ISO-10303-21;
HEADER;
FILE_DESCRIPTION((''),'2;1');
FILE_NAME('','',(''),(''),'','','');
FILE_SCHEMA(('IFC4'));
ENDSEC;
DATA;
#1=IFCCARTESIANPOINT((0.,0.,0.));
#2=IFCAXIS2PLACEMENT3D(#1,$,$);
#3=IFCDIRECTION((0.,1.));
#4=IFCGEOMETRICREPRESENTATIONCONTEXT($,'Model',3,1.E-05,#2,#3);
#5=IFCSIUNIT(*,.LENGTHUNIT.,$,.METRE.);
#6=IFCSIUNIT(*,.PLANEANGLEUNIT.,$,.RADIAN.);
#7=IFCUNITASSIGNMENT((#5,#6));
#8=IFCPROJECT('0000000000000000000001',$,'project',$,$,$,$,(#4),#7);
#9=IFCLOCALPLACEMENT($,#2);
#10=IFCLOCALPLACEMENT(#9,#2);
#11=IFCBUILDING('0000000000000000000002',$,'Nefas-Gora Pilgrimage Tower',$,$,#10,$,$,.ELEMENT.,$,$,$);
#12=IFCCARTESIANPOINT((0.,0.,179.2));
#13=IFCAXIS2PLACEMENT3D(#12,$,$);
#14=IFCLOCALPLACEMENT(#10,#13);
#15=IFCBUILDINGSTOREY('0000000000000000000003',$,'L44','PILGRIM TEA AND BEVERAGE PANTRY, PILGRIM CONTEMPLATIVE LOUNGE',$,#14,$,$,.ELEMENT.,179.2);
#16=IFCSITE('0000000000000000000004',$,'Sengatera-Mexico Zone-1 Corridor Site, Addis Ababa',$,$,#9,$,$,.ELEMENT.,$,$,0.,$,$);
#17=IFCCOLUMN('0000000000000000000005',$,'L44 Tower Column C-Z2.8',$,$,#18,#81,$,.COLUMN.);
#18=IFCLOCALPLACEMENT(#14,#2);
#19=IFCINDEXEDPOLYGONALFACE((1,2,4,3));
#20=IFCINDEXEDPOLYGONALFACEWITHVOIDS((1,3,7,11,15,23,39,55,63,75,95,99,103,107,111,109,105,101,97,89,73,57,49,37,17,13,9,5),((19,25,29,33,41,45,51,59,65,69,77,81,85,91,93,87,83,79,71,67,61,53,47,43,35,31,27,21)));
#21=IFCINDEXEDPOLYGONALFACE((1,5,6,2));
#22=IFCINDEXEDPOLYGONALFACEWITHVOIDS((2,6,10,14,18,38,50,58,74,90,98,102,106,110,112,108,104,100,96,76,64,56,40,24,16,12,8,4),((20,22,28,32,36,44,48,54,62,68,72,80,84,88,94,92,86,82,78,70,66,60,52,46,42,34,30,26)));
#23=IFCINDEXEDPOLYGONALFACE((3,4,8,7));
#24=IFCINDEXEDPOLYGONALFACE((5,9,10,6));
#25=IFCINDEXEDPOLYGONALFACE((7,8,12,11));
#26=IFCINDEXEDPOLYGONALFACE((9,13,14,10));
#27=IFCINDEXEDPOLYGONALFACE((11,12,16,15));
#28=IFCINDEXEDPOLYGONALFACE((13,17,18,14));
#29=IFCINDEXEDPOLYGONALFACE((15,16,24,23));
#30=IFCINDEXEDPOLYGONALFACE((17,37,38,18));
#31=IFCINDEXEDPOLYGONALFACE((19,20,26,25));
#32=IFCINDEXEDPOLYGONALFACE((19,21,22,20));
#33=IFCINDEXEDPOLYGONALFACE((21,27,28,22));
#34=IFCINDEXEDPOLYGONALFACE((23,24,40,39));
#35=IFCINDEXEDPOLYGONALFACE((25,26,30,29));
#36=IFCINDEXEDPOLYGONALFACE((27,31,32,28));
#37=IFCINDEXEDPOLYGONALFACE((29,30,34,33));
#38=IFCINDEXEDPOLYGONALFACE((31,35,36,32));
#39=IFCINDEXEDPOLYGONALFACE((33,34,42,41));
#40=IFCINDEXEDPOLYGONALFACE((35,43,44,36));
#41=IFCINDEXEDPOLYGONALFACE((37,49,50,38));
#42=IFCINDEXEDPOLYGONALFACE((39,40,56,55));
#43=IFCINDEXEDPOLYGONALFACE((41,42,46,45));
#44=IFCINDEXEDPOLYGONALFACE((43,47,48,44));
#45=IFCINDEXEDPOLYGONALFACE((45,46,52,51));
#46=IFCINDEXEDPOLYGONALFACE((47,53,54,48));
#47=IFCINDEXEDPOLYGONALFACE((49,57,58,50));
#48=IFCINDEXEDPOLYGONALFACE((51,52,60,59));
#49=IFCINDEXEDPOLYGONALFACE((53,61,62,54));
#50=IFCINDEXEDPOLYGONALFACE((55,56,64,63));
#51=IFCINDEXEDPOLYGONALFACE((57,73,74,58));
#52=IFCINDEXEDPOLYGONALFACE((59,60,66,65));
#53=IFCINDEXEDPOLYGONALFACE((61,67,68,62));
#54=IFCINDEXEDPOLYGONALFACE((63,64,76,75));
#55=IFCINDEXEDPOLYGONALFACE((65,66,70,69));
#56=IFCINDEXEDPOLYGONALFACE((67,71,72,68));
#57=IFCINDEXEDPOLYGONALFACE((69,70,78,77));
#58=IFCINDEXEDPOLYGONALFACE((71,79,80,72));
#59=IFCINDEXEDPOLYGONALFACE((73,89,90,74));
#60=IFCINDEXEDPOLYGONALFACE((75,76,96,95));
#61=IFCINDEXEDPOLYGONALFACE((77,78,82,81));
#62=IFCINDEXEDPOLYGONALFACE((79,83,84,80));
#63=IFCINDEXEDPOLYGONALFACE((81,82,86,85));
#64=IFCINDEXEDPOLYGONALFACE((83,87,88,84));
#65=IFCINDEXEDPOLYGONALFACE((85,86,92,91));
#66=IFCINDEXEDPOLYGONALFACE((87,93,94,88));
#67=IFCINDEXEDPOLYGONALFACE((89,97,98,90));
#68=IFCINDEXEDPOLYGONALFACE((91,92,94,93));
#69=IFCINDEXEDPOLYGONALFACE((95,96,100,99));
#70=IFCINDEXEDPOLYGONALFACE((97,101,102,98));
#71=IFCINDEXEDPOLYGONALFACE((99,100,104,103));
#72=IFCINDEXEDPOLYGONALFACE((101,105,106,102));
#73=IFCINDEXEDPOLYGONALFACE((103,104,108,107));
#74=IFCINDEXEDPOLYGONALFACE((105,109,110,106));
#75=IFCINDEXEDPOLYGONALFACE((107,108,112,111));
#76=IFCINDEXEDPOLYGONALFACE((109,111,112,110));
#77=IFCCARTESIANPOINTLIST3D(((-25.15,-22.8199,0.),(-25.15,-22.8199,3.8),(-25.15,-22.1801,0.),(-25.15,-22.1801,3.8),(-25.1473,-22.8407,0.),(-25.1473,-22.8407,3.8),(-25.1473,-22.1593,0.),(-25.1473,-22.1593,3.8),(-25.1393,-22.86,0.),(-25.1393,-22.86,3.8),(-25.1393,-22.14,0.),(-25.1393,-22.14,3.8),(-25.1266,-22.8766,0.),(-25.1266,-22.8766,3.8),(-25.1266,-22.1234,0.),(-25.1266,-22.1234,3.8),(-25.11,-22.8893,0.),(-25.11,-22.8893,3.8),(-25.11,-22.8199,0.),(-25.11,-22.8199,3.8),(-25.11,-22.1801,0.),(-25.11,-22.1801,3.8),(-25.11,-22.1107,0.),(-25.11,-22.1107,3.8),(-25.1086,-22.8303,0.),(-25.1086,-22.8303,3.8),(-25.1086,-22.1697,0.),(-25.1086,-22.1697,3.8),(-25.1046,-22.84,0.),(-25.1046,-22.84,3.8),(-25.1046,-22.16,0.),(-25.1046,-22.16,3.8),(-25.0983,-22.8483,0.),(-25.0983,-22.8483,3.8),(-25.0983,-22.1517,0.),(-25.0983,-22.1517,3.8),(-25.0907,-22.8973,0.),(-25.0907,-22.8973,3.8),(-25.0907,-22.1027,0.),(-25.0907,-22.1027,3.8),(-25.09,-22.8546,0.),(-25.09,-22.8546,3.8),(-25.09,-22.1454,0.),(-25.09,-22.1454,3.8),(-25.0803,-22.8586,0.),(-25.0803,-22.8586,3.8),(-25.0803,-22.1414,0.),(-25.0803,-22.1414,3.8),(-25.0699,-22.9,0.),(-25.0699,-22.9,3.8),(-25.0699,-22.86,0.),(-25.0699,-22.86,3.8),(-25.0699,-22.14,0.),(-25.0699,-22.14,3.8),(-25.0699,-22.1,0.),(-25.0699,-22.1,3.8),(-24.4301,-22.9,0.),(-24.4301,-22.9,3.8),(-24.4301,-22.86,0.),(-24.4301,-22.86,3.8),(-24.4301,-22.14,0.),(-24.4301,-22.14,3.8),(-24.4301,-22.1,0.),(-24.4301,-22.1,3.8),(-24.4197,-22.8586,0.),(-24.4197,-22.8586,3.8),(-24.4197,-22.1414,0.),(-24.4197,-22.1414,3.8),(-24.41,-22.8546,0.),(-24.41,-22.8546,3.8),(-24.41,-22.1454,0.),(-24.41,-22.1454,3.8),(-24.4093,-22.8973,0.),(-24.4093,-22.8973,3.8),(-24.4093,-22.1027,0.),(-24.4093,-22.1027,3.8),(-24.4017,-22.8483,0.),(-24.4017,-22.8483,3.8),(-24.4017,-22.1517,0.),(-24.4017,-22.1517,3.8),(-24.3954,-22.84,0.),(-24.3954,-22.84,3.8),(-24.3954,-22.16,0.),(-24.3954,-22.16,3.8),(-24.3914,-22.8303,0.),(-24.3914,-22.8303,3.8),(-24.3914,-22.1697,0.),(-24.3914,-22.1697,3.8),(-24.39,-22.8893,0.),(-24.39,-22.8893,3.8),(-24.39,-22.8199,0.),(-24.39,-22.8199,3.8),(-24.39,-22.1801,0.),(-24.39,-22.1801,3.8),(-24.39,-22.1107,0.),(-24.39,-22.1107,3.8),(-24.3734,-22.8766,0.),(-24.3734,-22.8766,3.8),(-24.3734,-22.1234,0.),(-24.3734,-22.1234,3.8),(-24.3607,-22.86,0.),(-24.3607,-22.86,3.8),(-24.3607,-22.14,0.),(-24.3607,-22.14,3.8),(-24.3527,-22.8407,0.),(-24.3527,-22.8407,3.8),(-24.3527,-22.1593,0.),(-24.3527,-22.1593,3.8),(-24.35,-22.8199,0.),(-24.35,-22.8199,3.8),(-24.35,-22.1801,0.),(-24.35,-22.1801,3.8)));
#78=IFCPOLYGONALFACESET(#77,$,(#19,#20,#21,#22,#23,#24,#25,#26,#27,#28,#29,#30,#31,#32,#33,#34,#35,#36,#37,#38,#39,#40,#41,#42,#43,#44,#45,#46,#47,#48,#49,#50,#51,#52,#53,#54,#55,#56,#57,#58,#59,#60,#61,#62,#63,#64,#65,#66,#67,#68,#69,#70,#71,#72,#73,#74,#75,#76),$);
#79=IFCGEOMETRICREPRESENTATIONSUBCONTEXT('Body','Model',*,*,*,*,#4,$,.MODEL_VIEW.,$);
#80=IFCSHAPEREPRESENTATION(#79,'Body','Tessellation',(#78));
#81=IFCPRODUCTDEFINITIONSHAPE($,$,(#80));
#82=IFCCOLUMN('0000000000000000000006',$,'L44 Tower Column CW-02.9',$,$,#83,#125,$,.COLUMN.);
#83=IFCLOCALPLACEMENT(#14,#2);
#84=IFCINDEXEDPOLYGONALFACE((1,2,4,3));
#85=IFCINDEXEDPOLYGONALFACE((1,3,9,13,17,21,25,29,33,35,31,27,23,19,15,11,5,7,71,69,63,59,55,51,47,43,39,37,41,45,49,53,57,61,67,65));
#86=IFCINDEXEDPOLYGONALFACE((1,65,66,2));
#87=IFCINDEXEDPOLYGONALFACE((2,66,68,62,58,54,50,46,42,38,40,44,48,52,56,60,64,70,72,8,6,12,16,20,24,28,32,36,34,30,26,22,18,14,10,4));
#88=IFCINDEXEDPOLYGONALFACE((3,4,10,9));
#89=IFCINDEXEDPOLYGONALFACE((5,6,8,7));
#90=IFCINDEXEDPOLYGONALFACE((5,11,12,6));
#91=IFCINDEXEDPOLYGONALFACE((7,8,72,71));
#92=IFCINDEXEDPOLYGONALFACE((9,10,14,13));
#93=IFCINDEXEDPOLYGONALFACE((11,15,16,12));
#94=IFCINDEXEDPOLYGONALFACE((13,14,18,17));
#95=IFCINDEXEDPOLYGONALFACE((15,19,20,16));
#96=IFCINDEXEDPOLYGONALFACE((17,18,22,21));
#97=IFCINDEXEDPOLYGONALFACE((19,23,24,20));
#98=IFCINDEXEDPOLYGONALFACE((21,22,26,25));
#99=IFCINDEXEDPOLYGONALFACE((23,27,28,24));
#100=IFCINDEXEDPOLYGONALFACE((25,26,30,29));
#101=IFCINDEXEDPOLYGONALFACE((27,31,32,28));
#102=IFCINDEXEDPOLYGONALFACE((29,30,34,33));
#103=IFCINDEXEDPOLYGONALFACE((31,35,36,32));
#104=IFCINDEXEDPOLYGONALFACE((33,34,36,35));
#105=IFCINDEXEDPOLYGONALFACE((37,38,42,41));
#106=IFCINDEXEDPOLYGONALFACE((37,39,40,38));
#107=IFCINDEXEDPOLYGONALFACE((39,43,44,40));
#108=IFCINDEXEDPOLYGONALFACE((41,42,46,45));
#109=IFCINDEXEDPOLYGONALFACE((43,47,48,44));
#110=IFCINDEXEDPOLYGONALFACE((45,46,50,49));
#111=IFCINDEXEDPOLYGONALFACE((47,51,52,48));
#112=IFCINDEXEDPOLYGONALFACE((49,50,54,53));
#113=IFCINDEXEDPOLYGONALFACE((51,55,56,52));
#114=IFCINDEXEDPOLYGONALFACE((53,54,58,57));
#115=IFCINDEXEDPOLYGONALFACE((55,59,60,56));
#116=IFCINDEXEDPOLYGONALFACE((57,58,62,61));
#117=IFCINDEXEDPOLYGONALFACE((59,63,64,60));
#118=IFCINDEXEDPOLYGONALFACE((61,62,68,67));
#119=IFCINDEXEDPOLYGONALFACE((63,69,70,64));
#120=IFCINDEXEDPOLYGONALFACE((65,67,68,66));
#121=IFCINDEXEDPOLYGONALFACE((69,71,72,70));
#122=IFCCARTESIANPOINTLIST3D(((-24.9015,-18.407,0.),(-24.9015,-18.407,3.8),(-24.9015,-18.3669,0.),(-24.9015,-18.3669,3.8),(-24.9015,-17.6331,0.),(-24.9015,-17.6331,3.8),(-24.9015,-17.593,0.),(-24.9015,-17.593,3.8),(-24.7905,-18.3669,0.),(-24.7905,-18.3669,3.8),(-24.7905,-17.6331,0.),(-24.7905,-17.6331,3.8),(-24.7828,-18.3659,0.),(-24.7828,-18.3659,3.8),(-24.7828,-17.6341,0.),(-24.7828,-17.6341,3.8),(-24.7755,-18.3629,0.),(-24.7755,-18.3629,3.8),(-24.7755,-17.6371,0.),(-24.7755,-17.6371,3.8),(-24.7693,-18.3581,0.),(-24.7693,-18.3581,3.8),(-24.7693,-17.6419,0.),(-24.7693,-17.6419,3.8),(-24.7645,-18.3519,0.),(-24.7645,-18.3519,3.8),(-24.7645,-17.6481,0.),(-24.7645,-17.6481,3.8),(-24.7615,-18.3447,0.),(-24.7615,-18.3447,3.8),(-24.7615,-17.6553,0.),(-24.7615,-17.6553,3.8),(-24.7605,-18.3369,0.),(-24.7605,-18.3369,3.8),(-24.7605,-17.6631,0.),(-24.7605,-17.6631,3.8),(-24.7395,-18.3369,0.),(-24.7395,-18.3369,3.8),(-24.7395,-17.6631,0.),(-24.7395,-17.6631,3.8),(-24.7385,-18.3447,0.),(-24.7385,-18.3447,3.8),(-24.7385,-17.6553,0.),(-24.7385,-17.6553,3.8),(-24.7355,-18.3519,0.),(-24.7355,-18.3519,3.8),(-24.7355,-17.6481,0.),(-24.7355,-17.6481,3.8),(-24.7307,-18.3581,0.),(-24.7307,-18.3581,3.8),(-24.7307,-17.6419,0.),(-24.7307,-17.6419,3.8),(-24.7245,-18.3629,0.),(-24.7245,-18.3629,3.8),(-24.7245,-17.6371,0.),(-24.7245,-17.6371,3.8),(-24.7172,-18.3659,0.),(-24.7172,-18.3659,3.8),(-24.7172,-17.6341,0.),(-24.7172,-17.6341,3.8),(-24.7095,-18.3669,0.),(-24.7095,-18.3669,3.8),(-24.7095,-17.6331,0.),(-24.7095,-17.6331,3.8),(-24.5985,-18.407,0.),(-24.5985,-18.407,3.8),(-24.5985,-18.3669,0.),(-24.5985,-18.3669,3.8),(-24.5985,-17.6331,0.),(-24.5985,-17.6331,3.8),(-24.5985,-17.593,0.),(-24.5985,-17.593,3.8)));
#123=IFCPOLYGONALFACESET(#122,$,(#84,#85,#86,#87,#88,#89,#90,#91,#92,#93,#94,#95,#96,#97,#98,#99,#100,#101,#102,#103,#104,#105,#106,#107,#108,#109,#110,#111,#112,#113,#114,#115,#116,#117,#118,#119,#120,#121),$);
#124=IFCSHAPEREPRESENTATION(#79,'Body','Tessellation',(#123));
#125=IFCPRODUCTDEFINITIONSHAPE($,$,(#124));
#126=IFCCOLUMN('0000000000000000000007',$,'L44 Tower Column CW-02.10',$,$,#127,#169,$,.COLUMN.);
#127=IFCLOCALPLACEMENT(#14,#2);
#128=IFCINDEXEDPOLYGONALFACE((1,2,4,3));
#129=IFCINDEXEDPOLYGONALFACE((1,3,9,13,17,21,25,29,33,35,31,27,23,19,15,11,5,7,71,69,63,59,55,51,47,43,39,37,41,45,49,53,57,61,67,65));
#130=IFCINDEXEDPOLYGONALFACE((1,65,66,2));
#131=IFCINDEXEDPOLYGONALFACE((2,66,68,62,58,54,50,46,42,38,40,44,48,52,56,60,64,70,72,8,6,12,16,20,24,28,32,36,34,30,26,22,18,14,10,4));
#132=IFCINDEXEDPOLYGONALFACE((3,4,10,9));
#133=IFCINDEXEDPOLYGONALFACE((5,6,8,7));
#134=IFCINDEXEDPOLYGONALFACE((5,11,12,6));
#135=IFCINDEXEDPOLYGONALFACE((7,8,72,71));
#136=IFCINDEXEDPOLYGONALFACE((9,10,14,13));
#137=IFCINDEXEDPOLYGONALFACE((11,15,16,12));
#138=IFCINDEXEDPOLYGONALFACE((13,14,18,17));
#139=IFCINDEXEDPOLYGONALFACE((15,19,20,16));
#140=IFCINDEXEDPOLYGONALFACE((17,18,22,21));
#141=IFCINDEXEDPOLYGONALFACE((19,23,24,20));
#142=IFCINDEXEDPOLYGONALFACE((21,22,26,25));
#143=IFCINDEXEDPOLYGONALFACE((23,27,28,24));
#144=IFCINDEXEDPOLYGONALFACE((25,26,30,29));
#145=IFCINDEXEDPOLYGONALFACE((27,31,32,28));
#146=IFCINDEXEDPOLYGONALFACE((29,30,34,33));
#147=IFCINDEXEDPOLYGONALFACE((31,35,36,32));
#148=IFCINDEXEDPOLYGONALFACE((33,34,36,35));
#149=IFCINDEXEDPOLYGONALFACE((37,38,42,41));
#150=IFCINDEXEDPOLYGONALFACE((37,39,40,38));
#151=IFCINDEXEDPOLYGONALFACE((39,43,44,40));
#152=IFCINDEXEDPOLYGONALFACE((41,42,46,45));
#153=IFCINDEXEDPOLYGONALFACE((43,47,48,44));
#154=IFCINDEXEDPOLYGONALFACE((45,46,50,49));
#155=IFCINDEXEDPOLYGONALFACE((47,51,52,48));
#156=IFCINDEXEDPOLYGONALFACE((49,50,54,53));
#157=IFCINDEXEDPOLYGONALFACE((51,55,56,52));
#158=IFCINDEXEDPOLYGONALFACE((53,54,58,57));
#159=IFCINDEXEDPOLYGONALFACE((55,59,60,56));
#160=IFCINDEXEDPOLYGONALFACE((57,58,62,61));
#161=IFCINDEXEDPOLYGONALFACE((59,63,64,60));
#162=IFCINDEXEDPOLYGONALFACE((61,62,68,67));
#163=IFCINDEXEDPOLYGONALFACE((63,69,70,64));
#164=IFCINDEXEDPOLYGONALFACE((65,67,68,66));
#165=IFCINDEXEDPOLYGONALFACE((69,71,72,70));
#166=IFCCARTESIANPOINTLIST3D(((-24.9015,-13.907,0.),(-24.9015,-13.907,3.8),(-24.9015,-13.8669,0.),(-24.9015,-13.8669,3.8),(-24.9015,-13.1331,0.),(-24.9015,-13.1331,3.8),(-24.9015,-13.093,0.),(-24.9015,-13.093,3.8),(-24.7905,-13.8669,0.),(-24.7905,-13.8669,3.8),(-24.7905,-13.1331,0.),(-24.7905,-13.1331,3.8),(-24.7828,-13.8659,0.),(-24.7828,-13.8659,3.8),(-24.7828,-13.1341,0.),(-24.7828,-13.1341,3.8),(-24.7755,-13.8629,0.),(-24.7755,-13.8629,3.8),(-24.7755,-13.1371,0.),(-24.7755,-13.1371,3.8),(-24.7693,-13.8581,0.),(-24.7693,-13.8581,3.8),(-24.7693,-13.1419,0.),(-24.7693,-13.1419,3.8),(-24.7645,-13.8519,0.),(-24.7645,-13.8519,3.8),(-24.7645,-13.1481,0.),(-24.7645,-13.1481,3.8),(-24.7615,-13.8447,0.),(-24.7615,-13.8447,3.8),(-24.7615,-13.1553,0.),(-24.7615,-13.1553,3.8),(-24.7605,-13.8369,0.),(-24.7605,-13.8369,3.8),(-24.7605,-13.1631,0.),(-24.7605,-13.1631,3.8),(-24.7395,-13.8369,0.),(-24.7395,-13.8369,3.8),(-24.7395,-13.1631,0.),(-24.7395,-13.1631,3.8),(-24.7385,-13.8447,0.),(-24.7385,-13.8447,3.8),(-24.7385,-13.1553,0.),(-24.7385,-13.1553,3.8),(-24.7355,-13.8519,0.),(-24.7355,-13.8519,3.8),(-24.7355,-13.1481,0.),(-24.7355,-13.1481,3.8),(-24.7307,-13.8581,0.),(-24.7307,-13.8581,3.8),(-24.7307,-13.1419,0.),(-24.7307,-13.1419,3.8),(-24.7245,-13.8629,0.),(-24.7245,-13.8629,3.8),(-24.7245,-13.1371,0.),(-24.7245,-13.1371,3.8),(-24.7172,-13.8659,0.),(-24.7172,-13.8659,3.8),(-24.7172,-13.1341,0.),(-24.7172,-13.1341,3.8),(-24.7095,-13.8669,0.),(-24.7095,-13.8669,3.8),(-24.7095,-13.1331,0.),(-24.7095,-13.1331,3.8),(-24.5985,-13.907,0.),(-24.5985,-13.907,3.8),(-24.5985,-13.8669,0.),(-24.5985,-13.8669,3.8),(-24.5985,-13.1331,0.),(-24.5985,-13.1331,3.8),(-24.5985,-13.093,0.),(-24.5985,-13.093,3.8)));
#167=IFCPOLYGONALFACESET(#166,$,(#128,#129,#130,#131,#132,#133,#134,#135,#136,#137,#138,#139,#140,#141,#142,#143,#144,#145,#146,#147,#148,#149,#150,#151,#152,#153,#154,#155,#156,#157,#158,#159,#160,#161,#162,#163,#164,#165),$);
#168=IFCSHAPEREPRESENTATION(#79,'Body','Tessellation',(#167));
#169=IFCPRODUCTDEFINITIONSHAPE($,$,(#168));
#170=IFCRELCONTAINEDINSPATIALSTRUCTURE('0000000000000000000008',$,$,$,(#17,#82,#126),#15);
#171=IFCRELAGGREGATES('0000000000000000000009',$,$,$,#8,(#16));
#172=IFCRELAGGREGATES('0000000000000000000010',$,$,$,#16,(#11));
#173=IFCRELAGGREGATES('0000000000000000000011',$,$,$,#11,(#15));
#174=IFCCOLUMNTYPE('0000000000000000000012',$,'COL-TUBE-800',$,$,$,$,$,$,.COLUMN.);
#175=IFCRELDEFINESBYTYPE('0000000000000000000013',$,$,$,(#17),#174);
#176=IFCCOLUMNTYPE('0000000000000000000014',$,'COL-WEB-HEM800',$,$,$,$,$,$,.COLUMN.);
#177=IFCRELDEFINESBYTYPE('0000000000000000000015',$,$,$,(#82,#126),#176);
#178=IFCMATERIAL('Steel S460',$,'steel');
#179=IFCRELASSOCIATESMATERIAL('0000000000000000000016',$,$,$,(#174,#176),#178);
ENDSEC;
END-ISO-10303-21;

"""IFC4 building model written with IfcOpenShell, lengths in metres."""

from ifc_helpers import new_model, si_unit, direction, frame, origin, origin_2d, place, context, subcontext, project, spatial, hollow_rectangle, i_section, extrude, source, transform, mapped, material, material_profile, profile_set, type_object, element, save


model = new_model("IFC4")

# Units and contexts
model_context = context("Model", 3, precision=1e-05, world=origin(), true_north=direction((0.0, 1.0)))
body_context = subcontext(model_context, "Body", "Model", "MODEL_VIEW")
ifc_project = project(units=[si_unit("LENGTHUNIT", "METRE"), si_unit("PLANEANGLEUNIT", "RADIAN")], contexts=[model_context])

# Site, building, storey
site_placement = place(None, origin())
site = spatial("IfcSite", under=ifc_project, at=site_placement, Name="Sengatera-Mexico Zone-1 Corridor Site, Addis Ababa", CompositionType="ELEMENT", RefElevation=0.0)
building_placement = place(site_placement, origin())
building = spatial("IfcBuilding", under=site, at=building_placement, Name="Nefas-Gora Pilgrimage Tower", CompositionType="ELEMENT")
storey_placement = place(building_placement, frame((0.0, 0.0, 179.2)))
storey = spatial("IfcBuildingStorey", under=building, at=storey_placement, Name="L44", Description="PILGRIM TEA AND BEVERAGE PANTRY, PILGRIM CONTEMPLATIVE LOUNGE", CompositionType="ELEMENT", Elevation=179.2)

# Columns
ifc_material_1 = material(Name="Steel S460", Category="steel")
ifc_material_profile_1 = material_profile(ifc_material_1, hollow_rectangle(XDim=0.8, YDim=0.8, WallThickness=0.04, InnerFilletRadius=0.04, OuterFilletRadius=0.0801, at=origin_2d()), Name="BOX 800x800x40")
ifc_profile_set_1 = profile_set([ifc_material_profile_1], Name="Steel S460")
column_type_1 = type_object("IfcColumnType", Name="COL-TUBE-800", PredefinedType="COLUMN", material=ifc_profile_set_1)
shared_shape_1 = source(origin(), body_context, "Body", "SweptSolid", [
    extrude(hollow_rectangle(XDim=0.8, YDim=0.8, WallThickness=0.04, InnerFilletRadius=0.04, OuterFilletRadius=0.0801, at=origin_2d()), origin(), (0.0, 0.0, 1.0), 3.8),
])
for number, where, z_axis, x_axis, name in (
    (1, (-24.75, -22.5, 0.0), (0.0, 0.0, 1.0), (1.0, 0.0, 0.0), "L44 Tower Column C-Z2.8"),
):
    element("IfcColumn", number, at=place(storey_placement, frame(where, z_axis=z_axis, x_axis=x_axis)), inside=storey, type_object=column_type_1, Name=name, PredefinedType="COLUMN", context=body_context, shape_type="MappedRepresentation", body=[
        mapped(shared_shape_1, transform((0.0, 0.0, 0.0), x_axis=(1.0, 0.0, 0.0), y_axis=(0.0, 1.0, 0.0), z_axis=(0.0, 0.0, 1.0), scale=1.0)),
    ])
ifc_material_profile_2 = material_profile(ifc_material_1, i_section(OverallWidth=0.303, OverallDepth=0.814, WebThickness=0.021, FlangeThickness=0.04, FilletRadius=0.03, at=origin_2d()), Name="HEM 800")
ifc_profile_set_2 = profile_set([ifc_material_profile_2], Name="Steel S460")
column_type_2 = type_object("IfcColumnType", Name="COL-WEB-HEM800", PredefinedType="COLUMN", material=ifc_profile_set_2)
shared_shape_2 = source(origin(), body_context, "Body", "SweptSolid", [
    extrude(i_section(OverallWidth=0.303, OverallDepth=0.814, WebThickness=0.021, FlangeThickness=0.04, FilletRadius=0.03, at=origin_2d()), origin(), (0.0, 0.0, 1.0), 3.8),
])
for number, where, z_axis, x_axis, name in (
    (2, (-24.75, -18.0, 0.0), (0.0, 0.0, 1.0), (1.0, 0.0, 0.0), "L44 Tower Column CW-02.9"),
    (3, (-24.75, -13.5, 0.0), (0.0, 0.0, 1.0), (1.0, 0.0, 0.0), "L44 Tower Column CW-02.10"),
):
    element("IfcColumn", number, at=place(storey_placement, frame(where, z_axis=z_axis, x_axis=x_axis)), inside=storey, type_object=column_type_2, Name=name, PredefinedType="COLUMN", context=body_context, shape_type="MappedRepresentation", body=[
        mapped(shared_shape_2, transform((0.0, 0.0, 0.0), x_axis=(1.0, 0.0, 0.0), y_axis=(0.0, 1.0, 0.0), z_axis=(0.0, 0.0, 1.0), scale=1.0)),
    ])

save(model, "model.ifc")
